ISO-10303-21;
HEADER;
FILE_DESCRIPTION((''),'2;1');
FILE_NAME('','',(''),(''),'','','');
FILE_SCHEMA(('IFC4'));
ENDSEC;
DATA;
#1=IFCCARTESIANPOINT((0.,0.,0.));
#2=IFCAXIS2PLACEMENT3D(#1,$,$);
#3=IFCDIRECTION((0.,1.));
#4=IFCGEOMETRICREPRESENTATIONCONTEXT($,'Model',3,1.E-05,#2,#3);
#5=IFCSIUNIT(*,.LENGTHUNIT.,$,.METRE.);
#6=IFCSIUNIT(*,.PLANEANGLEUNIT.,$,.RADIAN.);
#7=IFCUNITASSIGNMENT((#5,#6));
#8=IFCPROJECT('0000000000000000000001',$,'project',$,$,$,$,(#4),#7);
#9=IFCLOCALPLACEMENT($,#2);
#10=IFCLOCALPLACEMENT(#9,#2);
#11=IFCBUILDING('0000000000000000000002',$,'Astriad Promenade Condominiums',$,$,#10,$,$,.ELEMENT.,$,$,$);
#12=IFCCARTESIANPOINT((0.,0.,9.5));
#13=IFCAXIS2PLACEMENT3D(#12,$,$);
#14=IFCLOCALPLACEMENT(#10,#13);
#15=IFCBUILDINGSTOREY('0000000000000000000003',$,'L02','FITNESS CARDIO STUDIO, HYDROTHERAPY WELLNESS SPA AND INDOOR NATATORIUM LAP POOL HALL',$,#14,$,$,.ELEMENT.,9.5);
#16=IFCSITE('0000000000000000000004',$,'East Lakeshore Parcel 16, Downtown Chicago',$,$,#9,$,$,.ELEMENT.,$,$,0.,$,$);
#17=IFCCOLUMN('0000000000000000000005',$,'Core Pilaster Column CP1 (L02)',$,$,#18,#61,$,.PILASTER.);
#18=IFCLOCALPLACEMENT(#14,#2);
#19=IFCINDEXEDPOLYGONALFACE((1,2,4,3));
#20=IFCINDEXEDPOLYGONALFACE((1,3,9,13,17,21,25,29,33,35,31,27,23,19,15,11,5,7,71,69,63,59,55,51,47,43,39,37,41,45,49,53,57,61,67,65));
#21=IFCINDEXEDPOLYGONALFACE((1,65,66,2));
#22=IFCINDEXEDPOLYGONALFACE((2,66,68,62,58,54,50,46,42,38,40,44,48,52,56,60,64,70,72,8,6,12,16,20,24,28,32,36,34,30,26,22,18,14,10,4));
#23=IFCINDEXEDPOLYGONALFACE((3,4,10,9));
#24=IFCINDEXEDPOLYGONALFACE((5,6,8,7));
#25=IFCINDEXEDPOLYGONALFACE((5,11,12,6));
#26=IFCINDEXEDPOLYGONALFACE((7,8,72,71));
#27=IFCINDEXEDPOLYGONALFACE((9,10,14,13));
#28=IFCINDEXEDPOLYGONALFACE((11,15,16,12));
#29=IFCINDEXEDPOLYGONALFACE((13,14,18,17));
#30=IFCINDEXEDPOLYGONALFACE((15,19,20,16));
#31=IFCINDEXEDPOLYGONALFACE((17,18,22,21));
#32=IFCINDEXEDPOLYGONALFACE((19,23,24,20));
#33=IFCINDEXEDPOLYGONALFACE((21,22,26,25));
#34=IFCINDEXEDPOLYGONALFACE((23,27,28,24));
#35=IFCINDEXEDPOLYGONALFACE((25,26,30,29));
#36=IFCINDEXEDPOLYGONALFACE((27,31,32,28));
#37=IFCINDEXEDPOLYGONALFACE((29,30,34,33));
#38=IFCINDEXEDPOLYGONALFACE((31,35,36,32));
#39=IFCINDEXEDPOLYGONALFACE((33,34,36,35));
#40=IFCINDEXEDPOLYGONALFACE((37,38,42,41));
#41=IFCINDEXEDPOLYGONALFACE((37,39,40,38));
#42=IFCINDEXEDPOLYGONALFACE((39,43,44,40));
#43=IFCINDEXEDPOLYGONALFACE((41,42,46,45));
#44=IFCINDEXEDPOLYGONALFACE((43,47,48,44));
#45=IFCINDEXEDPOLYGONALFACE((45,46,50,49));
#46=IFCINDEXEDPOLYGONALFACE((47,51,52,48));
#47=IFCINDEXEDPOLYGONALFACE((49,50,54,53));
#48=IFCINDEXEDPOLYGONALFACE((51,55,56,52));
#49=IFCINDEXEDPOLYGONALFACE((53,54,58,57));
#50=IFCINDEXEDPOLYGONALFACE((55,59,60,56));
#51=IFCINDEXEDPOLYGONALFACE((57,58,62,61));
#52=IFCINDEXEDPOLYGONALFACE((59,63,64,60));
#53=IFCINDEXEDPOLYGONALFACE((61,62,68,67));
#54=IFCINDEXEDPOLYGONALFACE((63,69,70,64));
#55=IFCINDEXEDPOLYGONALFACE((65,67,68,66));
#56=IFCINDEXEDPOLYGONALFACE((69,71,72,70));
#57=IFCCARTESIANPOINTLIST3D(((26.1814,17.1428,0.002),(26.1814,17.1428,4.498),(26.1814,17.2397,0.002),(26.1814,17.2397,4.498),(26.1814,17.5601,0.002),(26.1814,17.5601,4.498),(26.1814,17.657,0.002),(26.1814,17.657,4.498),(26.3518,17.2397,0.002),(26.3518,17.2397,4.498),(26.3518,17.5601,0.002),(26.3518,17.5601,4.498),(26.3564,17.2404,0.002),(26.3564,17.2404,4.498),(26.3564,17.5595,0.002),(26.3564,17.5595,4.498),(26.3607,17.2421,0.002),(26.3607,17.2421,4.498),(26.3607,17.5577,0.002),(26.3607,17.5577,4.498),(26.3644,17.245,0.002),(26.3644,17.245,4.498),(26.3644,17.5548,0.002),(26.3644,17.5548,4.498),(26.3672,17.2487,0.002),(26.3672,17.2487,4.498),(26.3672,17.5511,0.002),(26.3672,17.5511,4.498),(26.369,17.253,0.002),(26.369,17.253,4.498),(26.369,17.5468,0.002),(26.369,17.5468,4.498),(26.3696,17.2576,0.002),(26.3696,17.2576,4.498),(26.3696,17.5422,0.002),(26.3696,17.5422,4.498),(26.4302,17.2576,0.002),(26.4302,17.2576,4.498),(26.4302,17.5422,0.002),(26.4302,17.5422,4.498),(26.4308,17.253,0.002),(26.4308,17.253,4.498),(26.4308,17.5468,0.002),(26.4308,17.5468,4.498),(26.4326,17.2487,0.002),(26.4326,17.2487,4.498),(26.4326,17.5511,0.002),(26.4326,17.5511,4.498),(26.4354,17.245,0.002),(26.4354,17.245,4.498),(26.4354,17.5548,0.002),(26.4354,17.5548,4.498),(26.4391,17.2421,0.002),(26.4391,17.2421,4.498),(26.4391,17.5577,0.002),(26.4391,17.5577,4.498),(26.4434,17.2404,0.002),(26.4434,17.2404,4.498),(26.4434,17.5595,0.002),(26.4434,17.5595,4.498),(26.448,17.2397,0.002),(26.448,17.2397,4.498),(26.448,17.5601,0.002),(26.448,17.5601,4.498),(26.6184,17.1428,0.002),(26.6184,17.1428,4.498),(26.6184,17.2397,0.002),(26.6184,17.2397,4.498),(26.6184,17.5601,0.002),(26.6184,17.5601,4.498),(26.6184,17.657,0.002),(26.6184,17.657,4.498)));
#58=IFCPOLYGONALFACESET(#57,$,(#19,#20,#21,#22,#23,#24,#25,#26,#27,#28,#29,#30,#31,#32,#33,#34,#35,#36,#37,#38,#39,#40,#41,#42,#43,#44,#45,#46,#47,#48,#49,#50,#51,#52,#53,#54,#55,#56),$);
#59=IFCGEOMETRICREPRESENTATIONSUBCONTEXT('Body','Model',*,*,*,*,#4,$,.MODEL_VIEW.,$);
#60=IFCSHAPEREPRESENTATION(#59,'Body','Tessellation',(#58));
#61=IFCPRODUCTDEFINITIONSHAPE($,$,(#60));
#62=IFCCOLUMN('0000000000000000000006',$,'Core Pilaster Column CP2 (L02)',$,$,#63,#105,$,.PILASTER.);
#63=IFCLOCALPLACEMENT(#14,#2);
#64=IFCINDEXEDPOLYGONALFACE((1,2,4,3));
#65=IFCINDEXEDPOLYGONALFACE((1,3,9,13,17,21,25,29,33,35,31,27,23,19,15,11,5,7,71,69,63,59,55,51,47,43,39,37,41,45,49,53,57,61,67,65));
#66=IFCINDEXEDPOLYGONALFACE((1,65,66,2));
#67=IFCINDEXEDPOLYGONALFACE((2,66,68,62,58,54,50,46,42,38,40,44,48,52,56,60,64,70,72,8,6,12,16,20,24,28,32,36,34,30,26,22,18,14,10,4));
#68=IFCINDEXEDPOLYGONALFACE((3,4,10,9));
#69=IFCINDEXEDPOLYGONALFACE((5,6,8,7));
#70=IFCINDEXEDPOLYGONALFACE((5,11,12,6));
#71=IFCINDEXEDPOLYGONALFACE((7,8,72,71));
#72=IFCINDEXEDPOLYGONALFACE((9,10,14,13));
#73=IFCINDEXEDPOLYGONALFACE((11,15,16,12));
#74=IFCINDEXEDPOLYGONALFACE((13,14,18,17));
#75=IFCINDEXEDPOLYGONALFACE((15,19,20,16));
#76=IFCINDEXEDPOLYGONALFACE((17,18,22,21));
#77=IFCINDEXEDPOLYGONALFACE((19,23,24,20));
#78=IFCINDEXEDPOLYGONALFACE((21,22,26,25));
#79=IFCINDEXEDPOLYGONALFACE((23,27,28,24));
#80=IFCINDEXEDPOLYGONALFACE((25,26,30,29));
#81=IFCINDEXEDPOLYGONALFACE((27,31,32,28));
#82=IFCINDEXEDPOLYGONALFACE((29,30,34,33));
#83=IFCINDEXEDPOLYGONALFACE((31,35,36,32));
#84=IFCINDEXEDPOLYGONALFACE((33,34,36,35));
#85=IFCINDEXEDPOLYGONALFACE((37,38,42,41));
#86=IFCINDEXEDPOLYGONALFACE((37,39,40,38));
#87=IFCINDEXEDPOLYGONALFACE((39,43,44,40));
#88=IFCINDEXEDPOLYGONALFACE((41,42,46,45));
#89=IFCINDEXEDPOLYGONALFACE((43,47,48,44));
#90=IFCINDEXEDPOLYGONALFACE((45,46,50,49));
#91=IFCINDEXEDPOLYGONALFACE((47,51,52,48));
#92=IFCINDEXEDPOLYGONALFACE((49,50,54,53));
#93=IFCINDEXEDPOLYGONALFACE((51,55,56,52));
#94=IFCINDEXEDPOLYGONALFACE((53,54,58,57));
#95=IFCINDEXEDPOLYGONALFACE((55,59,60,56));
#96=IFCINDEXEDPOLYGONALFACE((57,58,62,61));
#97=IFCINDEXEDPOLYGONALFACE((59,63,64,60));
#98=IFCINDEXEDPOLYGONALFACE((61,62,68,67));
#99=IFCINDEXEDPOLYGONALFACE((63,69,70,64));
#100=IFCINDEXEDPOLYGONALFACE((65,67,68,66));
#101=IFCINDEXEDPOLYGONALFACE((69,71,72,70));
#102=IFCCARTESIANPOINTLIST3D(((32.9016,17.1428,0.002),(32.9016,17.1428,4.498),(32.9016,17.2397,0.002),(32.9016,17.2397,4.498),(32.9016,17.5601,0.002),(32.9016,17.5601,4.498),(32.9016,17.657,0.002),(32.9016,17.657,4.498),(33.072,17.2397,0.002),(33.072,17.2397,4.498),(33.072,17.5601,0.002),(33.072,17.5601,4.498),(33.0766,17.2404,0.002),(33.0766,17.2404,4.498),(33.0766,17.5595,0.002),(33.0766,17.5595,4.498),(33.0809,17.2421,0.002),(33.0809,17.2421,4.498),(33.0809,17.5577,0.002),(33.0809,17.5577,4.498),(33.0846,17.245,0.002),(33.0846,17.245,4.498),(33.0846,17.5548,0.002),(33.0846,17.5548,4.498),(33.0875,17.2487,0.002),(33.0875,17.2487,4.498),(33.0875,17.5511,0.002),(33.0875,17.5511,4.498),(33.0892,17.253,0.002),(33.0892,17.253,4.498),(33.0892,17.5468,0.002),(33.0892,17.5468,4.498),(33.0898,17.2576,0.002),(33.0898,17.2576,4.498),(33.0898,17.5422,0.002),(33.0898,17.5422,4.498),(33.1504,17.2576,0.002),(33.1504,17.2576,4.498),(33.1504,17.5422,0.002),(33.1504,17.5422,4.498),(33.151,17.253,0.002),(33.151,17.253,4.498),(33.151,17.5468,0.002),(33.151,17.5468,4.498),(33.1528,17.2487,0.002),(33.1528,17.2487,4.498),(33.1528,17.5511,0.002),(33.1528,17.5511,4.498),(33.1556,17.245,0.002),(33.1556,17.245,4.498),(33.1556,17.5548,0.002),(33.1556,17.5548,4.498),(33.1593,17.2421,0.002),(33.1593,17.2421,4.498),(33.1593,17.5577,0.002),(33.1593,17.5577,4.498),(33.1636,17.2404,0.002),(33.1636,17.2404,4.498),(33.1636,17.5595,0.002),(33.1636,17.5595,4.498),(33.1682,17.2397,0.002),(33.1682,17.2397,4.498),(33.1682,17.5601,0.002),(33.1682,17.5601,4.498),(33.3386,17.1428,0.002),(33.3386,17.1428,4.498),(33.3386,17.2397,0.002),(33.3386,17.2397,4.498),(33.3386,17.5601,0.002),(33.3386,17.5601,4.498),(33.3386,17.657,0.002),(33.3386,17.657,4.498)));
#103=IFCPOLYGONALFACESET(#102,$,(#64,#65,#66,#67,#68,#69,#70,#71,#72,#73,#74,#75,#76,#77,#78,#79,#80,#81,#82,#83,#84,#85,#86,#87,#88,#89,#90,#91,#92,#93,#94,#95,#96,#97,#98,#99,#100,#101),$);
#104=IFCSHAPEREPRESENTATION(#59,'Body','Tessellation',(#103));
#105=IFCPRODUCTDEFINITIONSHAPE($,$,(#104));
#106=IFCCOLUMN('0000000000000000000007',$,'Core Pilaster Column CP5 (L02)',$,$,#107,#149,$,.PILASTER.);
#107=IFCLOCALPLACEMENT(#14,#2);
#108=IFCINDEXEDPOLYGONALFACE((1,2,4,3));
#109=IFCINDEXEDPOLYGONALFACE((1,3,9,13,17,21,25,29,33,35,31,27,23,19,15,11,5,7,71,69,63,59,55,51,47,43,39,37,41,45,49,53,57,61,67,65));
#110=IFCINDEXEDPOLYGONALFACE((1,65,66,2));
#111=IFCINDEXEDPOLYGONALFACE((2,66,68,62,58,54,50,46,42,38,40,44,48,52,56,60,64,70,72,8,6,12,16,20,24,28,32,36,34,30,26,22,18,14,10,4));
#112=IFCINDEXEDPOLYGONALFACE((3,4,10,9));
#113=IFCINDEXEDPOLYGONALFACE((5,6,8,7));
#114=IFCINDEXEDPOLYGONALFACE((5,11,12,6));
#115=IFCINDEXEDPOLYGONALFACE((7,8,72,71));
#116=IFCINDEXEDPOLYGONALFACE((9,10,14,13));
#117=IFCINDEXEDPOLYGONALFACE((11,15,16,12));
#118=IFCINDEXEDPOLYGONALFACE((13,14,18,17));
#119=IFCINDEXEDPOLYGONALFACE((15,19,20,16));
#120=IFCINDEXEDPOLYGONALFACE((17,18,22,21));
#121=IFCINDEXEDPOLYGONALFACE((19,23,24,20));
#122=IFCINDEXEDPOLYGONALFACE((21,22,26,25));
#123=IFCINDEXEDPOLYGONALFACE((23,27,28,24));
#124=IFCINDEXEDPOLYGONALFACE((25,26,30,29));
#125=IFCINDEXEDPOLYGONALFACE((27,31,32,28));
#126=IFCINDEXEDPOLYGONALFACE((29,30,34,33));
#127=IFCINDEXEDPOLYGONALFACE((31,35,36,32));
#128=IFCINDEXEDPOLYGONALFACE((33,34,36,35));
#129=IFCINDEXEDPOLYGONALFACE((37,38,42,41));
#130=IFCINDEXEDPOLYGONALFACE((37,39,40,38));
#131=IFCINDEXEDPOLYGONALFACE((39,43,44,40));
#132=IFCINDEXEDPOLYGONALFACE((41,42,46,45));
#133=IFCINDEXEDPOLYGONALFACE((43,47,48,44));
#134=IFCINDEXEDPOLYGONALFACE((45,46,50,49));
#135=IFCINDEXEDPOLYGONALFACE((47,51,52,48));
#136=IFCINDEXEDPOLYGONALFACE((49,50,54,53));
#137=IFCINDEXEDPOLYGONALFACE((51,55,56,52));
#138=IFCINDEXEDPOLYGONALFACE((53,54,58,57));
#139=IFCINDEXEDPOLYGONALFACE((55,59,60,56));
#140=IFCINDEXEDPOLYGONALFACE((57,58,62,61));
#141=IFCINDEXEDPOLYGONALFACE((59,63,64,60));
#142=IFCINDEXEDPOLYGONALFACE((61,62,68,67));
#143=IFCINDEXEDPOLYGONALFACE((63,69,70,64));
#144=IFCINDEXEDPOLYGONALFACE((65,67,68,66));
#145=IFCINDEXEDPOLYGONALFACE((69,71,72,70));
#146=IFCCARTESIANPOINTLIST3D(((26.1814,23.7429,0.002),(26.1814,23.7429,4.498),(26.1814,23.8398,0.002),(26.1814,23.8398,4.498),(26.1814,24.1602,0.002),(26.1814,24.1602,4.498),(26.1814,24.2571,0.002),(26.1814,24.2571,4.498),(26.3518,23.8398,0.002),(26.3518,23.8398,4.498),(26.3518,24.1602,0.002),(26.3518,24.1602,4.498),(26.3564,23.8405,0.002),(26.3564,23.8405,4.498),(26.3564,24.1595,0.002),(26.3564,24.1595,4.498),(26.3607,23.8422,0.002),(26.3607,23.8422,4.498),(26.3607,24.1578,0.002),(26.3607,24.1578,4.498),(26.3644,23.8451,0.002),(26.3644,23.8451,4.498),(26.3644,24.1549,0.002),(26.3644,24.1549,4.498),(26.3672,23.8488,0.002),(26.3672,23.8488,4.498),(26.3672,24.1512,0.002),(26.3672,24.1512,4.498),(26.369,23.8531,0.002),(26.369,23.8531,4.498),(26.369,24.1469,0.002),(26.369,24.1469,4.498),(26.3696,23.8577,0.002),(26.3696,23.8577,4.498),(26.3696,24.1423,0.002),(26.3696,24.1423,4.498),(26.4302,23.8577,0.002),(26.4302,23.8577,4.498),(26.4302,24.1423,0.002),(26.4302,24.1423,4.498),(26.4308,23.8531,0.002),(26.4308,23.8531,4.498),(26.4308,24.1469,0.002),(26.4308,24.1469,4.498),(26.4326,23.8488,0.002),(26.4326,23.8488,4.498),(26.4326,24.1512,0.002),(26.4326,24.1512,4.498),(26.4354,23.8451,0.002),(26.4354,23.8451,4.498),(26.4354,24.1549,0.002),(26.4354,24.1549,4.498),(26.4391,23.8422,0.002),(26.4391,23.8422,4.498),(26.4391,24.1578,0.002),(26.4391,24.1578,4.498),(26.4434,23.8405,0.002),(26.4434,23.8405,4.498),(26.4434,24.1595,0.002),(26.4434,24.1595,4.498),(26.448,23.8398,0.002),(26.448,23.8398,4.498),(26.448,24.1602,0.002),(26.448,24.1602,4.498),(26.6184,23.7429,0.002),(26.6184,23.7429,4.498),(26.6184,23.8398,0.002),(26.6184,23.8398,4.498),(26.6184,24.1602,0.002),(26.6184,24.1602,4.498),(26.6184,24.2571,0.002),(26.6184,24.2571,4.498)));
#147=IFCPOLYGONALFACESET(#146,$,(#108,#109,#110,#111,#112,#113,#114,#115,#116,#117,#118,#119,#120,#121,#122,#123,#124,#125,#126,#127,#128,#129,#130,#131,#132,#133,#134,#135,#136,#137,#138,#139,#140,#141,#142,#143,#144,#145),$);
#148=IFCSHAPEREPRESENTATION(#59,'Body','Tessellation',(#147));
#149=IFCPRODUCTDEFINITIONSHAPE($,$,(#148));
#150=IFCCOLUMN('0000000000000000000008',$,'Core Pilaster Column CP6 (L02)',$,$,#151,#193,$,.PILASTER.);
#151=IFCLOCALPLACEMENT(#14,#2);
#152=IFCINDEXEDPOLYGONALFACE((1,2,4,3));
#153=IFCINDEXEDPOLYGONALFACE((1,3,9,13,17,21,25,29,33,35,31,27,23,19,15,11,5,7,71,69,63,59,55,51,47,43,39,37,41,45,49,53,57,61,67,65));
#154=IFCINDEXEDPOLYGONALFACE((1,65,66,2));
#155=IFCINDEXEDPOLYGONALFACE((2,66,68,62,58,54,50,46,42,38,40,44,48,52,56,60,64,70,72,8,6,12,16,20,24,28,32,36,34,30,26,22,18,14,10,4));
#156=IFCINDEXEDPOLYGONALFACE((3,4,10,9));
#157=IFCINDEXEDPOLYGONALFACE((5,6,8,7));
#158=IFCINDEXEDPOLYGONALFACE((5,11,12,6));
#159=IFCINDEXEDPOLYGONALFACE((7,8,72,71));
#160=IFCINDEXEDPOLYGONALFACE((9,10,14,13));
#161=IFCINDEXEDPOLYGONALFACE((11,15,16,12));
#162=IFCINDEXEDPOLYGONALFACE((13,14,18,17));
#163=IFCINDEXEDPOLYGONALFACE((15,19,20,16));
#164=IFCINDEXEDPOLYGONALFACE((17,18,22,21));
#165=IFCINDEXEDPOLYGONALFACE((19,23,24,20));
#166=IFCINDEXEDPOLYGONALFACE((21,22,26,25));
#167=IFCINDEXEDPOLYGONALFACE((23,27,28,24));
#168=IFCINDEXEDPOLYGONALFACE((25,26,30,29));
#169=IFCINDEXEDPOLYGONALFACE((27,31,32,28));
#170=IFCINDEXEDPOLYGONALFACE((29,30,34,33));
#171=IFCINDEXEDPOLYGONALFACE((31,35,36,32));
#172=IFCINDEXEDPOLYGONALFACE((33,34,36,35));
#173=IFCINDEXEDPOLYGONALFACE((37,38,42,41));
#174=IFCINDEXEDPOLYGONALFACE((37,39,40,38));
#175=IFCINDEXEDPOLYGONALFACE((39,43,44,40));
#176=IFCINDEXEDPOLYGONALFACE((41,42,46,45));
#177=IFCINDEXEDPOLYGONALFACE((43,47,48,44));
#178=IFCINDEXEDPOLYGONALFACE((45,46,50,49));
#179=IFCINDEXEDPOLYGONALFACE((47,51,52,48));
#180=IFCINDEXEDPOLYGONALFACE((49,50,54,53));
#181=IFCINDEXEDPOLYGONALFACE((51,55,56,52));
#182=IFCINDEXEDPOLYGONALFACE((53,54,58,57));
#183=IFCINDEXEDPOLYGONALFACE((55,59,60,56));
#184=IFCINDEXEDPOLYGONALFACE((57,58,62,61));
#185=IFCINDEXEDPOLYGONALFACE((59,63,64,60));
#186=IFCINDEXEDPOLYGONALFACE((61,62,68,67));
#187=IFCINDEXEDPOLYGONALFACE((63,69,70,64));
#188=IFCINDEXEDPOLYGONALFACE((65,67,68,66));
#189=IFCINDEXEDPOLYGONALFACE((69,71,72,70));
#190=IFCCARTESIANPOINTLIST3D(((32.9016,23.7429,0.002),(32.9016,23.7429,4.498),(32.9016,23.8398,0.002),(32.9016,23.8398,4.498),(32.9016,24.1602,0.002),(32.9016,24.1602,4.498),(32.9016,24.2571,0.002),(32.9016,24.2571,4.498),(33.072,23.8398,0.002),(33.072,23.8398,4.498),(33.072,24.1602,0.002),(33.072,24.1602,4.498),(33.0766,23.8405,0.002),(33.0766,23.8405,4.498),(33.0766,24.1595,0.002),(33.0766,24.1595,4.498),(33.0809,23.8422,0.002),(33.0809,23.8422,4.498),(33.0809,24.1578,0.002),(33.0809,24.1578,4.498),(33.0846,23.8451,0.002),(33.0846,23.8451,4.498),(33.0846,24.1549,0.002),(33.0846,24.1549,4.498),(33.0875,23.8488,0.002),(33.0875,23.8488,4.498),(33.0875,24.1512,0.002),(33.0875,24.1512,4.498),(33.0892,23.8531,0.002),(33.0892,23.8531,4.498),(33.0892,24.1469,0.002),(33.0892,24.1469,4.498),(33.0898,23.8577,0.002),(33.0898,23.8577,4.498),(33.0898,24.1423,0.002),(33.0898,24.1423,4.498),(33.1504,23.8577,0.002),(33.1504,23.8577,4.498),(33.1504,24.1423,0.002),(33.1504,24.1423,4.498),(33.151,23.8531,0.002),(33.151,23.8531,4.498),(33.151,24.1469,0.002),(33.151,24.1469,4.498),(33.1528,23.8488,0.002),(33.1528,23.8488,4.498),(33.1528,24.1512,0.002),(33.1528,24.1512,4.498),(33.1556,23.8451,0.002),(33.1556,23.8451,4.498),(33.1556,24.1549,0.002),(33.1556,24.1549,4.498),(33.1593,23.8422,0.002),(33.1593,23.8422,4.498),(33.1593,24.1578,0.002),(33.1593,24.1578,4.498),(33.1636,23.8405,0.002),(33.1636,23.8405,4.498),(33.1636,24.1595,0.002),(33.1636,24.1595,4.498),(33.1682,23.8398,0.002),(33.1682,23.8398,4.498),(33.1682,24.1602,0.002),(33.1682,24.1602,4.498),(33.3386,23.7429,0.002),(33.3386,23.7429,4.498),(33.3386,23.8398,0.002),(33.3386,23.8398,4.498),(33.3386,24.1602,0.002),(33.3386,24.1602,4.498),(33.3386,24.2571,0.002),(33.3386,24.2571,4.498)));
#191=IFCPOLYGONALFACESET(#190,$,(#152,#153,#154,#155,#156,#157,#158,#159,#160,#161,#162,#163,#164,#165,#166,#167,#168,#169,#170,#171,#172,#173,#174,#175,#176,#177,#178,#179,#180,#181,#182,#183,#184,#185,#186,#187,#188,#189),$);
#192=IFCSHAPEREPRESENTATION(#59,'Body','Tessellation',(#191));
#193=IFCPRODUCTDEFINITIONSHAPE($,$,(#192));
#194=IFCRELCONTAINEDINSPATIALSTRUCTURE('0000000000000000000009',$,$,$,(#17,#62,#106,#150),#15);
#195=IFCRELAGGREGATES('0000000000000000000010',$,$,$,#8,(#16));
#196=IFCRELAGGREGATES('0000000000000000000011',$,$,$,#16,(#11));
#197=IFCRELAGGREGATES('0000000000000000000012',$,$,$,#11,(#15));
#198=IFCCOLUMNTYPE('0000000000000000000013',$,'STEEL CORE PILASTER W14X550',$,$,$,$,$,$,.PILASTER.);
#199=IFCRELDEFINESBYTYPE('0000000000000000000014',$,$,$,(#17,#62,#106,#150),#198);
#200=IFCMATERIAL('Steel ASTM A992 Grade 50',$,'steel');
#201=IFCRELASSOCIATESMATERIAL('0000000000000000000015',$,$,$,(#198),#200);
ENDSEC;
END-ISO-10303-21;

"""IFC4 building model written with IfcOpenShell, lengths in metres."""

from ifc_helpers import new_model, si_unit, direction, frame, origin, origin_2d, place, context, subcontext, project, spatial, i_section, extrude, source, transform, mapped, material, material_profile, profile_set, type_object, type_shapes, element, save


model = new_model("IFC4")

# Units and contexts
model_context = context("Model", 3, precision=1e-05, world=origin(), true_north=direction((0.0, 1.0)))
body_context = subcontext(model_context, "Body", "Model", "MODEL_VIEW")
ifc_project = project(units=[si_unit("LENGTHUNIT", "METRE"), si_unit("PLANEANGLEUNIT", "RADIAN")], contexts=[model_context])

# Site, building, storey
site_placement = place(None, origin())
site = spatial("IfcSite", under=ifc_project, at=site_placement, Name="East Lakeshore Parcel 16, Downtown Chicago", CompositionType="ELEMENT", RefElevation=0.0)
building_placement = place(site_placement, origin())
building = spatial("IfcBuilding", under=site, at=building_placement, Name="Astriad Promenade Condominiums", CompositionType="ELEMENT")
storey_placement = place(building_placement, frame((0.0, 0.0, 9.5)))
storey = spatial("IfcBuildingStorey", under=building, at=storey_placement, Name="L02", Description="FITNESS CARDIO STUDIO, HYDROTHERAPY WELLNESS SPA AND INDOOR NATATORIUM LAP POOL HALL", CompositionType="ELEMENT", Elevation=9.5)

# Columns
ifc_material_1 = material(Name="Steel ASTM A992 Grade 50", Category="steel")
ifc_material_profile_1 = material_profile(ifc_material_1, i_section(OverallWidth=0.437, OverallDepth=0.5142, WebThickness=0.0605, FlangeThickness=0.0969, FilletRadius=0.0178, at=origin_2d()), Name="W14X550")
ifc_profile_set_1 = profile_set([ifc_material_profile_1], Name="Steel ASTM A992 Grade 50")
column_type = type_object("IfcColumnType", Name="STEEL CORE PILASTER W14X550", PredefinedType="PILASTER", material=ifc_profile_set_1)
shared_shape_1 = source(origin(), body_context, "Body", "SweptSolid", [
    extrude(i_section(OverallWidth=0.437, OverallDepth=0.5142, WebThickness=0.0605, FlangeThickness=0.0969, FilletRadius=0.0178, at=origin_2d()), origin(), (0.0, 0.0, 1.0), 4.4961),
])
type_shapes(column_type, [shared_shape_1])
for number, where, z_axis, x_axis, name in (
    (1, (26.3999, 17.3999, 0.002), (0.0, 0.0, 1.0), (1.0, 0.0, 0.0), "Core Pilaster Column CP1 (L02)"),
    (2, (33.1201, 17.3999, 0.002), (0.0, 0.0, 1.0), (1.0, 0.0, 0.0), "Core Pilaster Column CP2 (L02)"),
    (3, (26.3999, 24.0, 0.002), (0.0, 0.0, 1.0), (1.0, 0.0, 0.0), "Core Pilaster Column CP5 (L02)"),
    (4, (33.1201, 24.0, 0.002), (0.0, 0.0, 1.0), (1.0, 0.0, 0.0), "Core Pilaster Column CP6 (L02)"),
):
    element("IfcColumn", number, at=place(storey_placement, frame(where, z_axis=z_axis, x_axis=x_axis)), inside=storey, type_object=column_type, Name=name, PredefinedType="PILASTER", context=body_context, shape_type="MappedRepresentation", body=[
        mapped(shared_shape_1, transform((0.0, 0.0, 0.0), scale=1.0)),
    ])

save(model, "model.ifc")
